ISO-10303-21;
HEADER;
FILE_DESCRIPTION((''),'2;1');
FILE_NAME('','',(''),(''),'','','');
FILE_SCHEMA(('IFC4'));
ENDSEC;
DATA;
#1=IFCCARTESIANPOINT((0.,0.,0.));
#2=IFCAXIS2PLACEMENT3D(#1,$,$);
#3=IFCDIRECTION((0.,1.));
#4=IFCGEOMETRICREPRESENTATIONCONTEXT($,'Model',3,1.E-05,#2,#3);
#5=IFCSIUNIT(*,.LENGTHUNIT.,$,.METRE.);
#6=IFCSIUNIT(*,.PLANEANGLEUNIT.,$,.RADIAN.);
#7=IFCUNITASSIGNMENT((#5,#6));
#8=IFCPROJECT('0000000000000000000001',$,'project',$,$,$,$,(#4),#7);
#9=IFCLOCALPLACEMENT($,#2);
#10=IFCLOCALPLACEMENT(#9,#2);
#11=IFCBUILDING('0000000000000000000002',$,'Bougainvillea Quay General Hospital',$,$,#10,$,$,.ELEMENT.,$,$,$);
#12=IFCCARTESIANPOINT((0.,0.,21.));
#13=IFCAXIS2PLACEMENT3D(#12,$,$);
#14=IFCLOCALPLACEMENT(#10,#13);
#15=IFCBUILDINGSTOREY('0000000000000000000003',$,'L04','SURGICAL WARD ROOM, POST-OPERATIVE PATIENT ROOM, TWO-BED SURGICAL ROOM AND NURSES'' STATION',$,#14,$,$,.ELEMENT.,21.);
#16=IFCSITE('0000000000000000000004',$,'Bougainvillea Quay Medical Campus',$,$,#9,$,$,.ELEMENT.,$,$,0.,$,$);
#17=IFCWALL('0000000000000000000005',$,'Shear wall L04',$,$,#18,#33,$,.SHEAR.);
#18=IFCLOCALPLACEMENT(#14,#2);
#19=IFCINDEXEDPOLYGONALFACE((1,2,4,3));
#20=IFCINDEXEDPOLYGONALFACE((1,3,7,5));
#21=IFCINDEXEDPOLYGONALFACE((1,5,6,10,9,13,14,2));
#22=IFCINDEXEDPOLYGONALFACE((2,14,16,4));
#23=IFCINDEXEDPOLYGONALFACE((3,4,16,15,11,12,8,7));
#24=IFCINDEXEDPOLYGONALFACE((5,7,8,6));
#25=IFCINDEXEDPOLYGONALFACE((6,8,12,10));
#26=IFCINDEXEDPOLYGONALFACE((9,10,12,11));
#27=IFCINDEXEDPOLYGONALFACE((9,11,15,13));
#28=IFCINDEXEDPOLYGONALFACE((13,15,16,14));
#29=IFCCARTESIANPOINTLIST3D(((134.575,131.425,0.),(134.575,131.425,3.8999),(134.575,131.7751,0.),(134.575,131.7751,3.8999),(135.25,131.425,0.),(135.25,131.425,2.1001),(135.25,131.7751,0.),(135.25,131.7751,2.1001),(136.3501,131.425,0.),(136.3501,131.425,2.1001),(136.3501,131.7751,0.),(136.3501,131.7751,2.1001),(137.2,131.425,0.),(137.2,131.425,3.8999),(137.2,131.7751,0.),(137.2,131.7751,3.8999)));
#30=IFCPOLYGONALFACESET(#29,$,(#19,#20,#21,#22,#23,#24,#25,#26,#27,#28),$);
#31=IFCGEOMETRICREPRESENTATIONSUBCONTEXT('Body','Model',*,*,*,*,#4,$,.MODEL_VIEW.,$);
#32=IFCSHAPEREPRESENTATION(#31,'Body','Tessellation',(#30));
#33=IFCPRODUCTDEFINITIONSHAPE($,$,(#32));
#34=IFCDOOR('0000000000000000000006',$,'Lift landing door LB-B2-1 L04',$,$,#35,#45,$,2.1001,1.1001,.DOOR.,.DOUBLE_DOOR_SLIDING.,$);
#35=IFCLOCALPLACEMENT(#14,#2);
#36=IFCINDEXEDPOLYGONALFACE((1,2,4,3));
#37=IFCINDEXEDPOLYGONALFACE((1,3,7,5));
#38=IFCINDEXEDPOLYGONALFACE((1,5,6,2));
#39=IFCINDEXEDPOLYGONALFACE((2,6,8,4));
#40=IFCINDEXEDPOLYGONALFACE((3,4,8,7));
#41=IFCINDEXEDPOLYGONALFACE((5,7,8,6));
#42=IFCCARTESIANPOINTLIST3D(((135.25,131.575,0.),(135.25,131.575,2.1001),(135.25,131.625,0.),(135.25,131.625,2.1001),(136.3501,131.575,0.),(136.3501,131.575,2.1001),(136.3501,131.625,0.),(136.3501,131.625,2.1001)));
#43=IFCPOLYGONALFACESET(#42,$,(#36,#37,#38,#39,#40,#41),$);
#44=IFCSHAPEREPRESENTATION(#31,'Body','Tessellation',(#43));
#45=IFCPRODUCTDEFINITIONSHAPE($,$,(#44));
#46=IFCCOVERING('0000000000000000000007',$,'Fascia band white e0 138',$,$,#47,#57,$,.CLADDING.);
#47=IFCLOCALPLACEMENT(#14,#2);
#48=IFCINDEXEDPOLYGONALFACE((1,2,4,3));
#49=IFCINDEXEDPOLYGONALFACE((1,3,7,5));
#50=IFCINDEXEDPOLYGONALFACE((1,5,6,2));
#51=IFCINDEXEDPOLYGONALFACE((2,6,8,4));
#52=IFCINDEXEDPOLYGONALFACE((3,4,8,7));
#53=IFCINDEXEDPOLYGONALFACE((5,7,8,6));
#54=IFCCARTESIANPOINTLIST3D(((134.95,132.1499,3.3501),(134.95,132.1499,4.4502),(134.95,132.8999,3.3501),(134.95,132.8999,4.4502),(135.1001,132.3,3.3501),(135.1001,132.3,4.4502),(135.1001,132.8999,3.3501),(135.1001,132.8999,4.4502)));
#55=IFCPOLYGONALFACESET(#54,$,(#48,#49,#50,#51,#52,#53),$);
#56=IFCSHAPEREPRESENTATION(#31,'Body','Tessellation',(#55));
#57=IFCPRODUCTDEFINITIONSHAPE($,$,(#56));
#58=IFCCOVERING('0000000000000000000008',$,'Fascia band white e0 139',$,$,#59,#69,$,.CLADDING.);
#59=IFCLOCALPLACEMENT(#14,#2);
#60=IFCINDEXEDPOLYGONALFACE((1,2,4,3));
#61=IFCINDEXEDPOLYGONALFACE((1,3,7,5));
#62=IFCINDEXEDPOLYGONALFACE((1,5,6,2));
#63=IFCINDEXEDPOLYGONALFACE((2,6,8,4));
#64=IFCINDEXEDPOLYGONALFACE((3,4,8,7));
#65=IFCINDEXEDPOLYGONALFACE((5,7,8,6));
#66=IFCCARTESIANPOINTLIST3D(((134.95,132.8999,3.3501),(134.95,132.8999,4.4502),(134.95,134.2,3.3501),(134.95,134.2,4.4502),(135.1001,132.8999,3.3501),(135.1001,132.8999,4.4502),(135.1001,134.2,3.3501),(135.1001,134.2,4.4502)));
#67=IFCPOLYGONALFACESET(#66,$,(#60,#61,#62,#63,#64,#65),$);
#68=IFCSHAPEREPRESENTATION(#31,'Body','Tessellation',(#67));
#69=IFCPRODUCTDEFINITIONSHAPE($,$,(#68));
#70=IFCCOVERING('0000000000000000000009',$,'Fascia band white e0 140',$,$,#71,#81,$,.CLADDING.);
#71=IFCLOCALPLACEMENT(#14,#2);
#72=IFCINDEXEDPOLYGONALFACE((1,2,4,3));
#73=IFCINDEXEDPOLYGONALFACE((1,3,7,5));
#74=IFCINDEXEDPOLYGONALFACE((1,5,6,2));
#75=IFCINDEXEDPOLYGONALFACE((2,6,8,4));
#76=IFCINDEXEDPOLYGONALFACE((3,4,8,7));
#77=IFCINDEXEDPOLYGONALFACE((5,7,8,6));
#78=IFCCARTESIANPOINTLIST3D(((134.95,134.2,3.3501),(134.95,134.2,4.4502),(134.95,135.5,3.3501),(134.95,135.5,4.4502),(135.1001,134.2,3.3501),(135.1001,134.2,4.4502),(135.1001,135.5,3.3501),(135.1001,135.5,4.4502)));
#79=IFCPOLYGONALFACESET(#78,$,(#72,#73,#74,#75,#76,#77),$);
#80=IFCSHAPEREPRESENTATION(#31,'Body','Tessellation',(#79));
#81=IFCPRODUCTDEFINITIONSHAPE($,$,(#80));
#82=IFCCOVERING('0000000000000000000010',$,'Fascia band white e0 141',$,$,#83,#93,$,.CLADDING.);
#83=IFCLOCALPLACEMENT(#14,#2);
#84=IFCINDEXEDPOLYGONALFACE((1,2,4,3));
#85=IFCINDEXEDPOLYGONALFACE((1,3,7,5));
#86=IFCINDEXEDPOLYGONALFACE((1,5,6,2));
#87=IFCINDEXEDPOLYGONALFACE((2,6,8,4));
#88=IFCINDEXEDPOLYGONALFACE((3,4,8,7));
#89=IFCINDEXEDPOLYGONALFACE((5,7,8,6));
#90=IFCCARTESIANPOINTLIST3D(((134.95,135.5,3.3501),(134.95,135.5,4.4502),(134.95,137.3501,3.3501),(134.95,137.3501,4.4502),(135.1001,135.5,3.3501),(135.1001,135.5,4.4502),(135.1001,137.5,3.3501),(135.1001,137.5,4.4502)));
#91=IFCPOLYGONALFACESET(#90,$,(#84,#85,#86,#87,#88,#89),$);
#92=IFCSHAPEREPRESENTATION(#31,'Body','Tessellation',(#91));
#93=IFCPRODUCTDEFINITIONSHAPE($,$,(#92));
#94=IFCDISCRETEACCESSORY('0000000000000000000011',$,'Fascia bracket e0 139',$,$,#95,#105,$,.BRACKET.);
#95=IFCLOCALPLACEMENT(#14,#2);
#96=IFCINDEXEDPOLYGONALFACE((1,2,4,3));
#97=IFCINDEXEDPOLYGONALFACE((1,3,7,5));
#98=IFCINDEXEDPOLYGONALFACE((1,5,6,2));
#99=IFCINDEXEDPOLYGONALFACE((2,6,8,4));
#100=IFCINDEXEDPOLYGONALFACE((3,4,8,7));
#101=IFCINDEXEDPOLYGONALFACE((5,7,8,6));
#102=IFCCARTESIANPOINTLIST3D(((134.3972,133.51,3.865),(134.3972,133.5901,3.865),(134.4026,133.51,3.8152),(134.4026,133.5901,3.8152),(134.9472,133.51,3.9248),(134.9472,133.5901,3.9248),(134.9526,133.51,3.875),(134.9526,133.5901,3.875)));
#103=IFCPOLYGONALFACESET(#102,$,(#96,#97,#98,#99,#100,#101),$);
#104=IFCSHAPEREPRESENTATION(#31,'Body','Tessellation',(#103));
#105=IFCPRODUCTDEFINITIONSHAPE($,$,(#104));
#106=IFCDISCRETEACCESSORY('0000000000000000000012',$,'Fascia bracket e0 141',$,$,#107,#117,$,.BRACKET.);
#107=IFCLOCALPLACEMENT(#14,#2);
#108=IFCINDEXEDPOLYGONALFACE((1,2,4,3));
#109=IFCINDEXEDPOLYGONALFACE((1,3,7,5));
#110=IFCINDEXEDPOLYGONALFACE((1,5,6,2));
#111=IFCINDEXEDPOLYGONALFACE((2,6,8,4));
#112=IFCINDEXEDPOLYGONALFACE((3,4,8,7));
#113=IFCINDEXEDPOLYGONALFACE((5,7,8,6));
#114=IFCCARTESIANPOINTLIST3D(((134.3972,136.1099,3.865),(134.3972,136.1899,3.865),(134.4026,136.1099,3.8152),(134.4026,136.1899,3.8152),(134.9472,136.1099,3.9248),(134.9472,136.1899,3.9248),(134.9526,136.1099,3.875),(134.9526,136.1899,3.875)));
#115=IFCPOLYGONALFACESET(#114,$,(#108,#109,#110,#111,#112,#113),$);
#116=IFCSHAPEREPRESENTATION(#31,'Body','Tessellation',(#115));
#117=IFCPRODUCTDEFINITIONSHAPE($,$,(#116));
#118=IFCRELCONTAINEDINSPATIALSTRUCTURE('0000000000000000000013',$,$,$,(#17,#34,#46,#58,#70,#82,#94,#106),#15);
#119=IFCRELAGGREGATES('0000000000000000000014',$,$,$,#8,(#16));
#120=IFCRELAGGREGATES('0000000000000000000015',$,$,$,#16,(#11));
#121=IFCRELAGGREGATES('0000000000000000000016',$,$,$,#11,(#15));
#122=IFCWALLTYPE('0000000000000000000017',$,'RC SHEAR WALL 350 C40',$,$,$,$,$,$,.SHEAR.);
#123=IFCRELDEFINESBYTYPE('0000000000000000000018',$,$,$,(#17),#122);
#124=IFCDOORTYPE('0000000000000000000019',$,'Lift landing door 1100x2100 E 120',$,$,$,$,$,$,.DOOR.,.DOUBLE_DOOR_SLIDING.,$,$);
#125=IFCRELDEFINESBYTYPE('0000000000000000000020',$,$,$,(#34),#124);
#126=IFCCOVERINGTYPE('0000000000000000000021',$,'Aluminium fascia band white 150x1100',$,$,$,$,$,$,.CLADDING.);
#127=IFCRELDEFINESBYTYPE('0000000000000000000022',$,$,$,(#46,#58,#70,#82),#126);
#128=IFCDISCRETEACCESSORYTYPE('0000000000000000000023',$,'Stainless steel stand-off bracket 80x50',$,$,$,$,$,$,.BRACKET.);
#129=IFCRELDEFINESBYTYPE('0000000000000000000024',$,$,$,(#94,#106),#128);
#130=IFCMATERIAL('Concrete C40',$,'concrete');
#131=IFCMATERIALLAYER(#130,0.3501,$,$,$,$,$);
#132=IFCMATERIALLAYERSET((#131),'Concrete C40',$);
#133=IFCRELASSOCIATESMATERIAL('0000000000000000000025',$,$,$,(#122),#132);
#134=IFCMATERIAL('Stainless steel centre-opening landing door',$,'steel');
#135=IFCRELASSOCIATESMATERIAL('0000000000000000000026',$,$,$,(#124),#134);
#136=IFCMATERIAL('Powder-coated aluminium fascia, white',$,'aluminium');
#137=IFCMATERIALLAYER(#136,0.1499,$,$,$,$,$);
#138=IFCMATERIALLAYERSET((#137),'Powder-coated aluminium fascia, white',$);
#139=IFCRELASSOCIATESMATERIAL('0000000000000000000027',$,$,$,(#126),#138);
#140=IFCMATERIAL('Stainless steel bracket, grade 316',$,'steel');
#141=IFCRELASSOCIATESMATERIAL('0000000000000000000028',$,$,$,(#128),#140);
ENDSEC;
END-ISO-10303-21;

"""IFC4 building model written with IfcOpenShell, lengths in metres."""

from ifc_helpers import new_model, si_unit, direction, frame, frame_2d, origin, origin_2d, place, context, subcontext, project, spatial, polyline, rectangle, outline, extrude, material, layer, layer_set, material_profile, profile_set, type_object, element, fill, save


model = new_model("IFC4")

# Units and contexts
model_context = context("Model", 3, precision=1e-05, world=origin(), true_north=direction((0.0, 1.0)))
body_context = subcontext(model_context, "Body", "Model", "MODEL_VIEW")
ifc_project = project(units=[si_unit("LENGTHUNIT", "METRE"), si_unit("PLANEANGLEUNIT", "RADIAN")], contexts=[model_context])

# Site, building, storey
site_placement = place(None, origin())
site = spatial("IfcSite", under=ifc_project, at=site_placement, Name="Bougainvillea Quay Medical Campus", CompositionType="ELEMENT", RefElevation=0.0)
building_placement = place(site_placement, origin())
building = spatial("IfcBuilding", under=site, at=building_placement, Name="Bougainvillea Quay General Hospital", CompositionType="ELEMENT")
storey_placement = place(building_placement, frame((0.0, 0.0, 21.0)))
storey = spatial("IfcBuildingStorey", under=building, at=storey_placement, Name="L04", Description="SURGICAL WARD ROOM, POST-OPERATIVE PATIENT ROOM, TWO-BED SURGICAL ROOM AND NURSES' STATION", CompositionType="ELEMENT", Elevation=21.0)

# Shared definitions
ifc_material_1 = material(Name="Concrete C40", Category="concrete")

# Shared definitions
ifc_layer_1 = layer(ifc_material_1, 0.3501)
ifc_layer_set_1 = layer_set([ifc_layer_1], Name="Concrete C40")
wall_type_1 = type_object("IfcWallType", Name="RC SHEAR WALL 350 C40", PredefinedType="SHEAR", material=ifc_layer_set_1)

# Wall, opening, door
wall_1_placement = place(storey_placement, frame((134.575, 131.6001, 0.0), z_axis=(0.0, 0.0, 1.0), x_axis=(1.0, 0.0, 0.0)))
wall_1 = element("IfcWall", 1, at=wall_1_placement, inside=storey, type_object=wall_type_1, Name="Shear wall L04", PredefinedType="SHEAR", context=body_context, shape_type="SweptSolid", body=[
    extrude(rectangle(XDim=2.625, YDim=0.3501, at=frame_2d((1.3125, 0.0))), origin(), (0.0, 0.0, 1.0), 3.8999),
])
opening_1_placement = place(wall_1_placement, frame((0.675, 0.0, 0.0)))
opening_1 = element("IfcOpeningElement", 2, at=opening_1_placement, cuts=wall_1, PredefinedType="OPENING", context=body_context, shape_type="SweptSolid", body=[
    extrude(rectangle(XDim=1.1001, YDim=2.1001, at=frame_2d((0.55, 1.05))), frame((0.0, 0.1851, 0.0), z_axis=(0.0, -1.0, 0.0), x_axis=(1.0, 0.0, 0.0)), (0.0, 0.0, 1.0), 0.3701),
])
ifc_material_2 = material(Name="Stainless steel centre-opening landing door", Category="steel")
door_type_1 = type_object("IfcDoorType", Name="Lift landing door 1100x2100 E 120", OperationType="DOUBLE_DOOR_SLIDING", PredefinedType="DOOR", material=ifc_material_2)
door_1_placement = place(opening_1_placement, origin())
door_1 = element("IfcDoor", 3, at=door_1_placement, inside=storey, type_object=door_type_1, Name="Lift landing door LB-B2-1 L04", OperationType="DOUBLE_DOOR_SLIDING", OverallHeight=2.1001, OverallWidth=1.1001, PredefinedType="DOOR", context=body_context, shape_type="SweptSolid", body=[
    extrude(rectangle(XDim=1.1001, YDim=2.1001, at=frame_2d((0.55, 1.05))), frame((0.0, 0.0249, 0.0), z_axis=(0.0, -1.0, 0.0), x_axis=(1.0, 0.0, 0.0)), (0.0, 0.0, 1.0), 0.05),
])
fill(opening_1, door_1)

# Coverings
ifc_material_3 = material(Name="Powder-coated aluminium fascia, white", Category="aluminium")
ifc_layer_2 = layer(ifc_material_3, 0.1499)
ifc_layer_set_2 = layer_set([ifc_layer_2], Name="Powder-coated aluminium fascia, white")
covering_type = type_object("IfcCoveringType", Name="Aluminium fascia band white 150x1100", PredefinedType="CLADDING", material=ifc_layer_set_2)
covering_1_placement = place(storey_placement, frame((134.95, 132.1499, 3.3501), z_axis=(0.0, 0.0, 1.0), x_axis=(0.0, 1.0, 0.0)))
element("IfcCovering", 4, at=covering_1_placement, inside=storey, type_object=covering_type, Name="Fascia band white e0 138", PredefinedType="CLADDING", context=body_context, shape_type="SweptSolid", body=[
    extrude(outline(polyline([(0.0, 0.0), (0.75, 0.0), (0.75, -0.1501), (0.1501, -0.1501), (0.0, 0.0)])), origin(), (0.0, 0.0, 1.0), 1.1001),
])
for number, where, z_axis, x_axis, name in (
    (5, (134.95, 132.8999, 3.3501), (0.0, 0.0, 1.0), (0.0, 1.0, 0.0), "Fascia band white e0 139"),
    (6, (134.95, 134.2, 3.3501), (0.0, 0.0, 1.0), (0.0, 1.0, 0.0), "Fascia band white e0 140"),
):
    element("IfcCovering", number, at=place(storey_placement, frame(where, z_axis=z_axis, x_axis=x_axis)), inside=storey, type_object=covering_type, Name=name, PredefinedType="CLADDING", context=body_context, shape_type="SweptSolid", body=[
        extrude(outline(polyline([(0.0, 0.0), (1.3, 0.0), (1.3, -0.1501), (0.0, -0.1501), (0.0, 0.0)])), origin(), (0.0, 0.0, 1.0), 1.1001),
    ])
covering_2_placement = place(storey_placement, frame((134.95, 135.5, 3.3501), z_axis=(0.0, 0.0, 1.0), x_axis=(0.0, 1.0, 0.0)))
element("IfcCovering", 7, at=covering_2_placement, inside=storey, type_object=covering_type, Name="Fascia band white e0 141", PredefinedType="CLADDING", context=body_context, shape_type="SweptSolid", body=[
    extrude(outline(polyline([(0.0, 0.0), (1.8501, 0.0), (2.0, -0.1501), (0.0, -0.1501), (0.0, 0.0)])), origin(), (0.0, 0.0, 1.0), 1.1001),
])

# Discrete accessories
ifc_material_4 = material(Name="Stainless steel bracket, grade 316", Category="steel")
ifc_material_profile_1 = material_profile(ifc_material_4, rectangle(XDim=0.0801, YDim=0.05, at=origin_2d()))
ifc_profile_set_1 = profile_set([ifc_material_profile_1], Name="Stainless steel bracket, grade 316")
discrete_accessory_type = type_object("IfcDiscreteAccessoryType", Name="Stainless steel stand-off bracket 80x50", PredefinedType="BRACKET", material=ifc_profile_set_1)
for number, where, z_axis, x_axis, name in (
    (8, (134.3999, 133.55, 3.8401), (0.994139, 0.0, 0.108107), (0.0, 1.0, 0.0), "Fascia bracket e0 139"),
    (9, (134.3999, 136.1499, 3.8401), (0.994139, 0.0, 0.108107), (0.0, 1.0, 0.0), "Fascia bracket e0 141"),
):
    element("IfcDiscreteAccessory", number, at=place(storey_placement, frame(where, z_axis=z_axis, x_axis=x_axis)), inside=storey, type_object=discrete_accessory_type, Name=name, PredefinedType="BRACKET", context=body_context, shape_type="SweptSolid", body=[
        extrude(rectangle(XDim=0.0801, YDim=0.05, at=origin_2d()), origin(), (0.0, 0.0, 1.0), 0.5532),
    ])

save(model, "model.ifc")
